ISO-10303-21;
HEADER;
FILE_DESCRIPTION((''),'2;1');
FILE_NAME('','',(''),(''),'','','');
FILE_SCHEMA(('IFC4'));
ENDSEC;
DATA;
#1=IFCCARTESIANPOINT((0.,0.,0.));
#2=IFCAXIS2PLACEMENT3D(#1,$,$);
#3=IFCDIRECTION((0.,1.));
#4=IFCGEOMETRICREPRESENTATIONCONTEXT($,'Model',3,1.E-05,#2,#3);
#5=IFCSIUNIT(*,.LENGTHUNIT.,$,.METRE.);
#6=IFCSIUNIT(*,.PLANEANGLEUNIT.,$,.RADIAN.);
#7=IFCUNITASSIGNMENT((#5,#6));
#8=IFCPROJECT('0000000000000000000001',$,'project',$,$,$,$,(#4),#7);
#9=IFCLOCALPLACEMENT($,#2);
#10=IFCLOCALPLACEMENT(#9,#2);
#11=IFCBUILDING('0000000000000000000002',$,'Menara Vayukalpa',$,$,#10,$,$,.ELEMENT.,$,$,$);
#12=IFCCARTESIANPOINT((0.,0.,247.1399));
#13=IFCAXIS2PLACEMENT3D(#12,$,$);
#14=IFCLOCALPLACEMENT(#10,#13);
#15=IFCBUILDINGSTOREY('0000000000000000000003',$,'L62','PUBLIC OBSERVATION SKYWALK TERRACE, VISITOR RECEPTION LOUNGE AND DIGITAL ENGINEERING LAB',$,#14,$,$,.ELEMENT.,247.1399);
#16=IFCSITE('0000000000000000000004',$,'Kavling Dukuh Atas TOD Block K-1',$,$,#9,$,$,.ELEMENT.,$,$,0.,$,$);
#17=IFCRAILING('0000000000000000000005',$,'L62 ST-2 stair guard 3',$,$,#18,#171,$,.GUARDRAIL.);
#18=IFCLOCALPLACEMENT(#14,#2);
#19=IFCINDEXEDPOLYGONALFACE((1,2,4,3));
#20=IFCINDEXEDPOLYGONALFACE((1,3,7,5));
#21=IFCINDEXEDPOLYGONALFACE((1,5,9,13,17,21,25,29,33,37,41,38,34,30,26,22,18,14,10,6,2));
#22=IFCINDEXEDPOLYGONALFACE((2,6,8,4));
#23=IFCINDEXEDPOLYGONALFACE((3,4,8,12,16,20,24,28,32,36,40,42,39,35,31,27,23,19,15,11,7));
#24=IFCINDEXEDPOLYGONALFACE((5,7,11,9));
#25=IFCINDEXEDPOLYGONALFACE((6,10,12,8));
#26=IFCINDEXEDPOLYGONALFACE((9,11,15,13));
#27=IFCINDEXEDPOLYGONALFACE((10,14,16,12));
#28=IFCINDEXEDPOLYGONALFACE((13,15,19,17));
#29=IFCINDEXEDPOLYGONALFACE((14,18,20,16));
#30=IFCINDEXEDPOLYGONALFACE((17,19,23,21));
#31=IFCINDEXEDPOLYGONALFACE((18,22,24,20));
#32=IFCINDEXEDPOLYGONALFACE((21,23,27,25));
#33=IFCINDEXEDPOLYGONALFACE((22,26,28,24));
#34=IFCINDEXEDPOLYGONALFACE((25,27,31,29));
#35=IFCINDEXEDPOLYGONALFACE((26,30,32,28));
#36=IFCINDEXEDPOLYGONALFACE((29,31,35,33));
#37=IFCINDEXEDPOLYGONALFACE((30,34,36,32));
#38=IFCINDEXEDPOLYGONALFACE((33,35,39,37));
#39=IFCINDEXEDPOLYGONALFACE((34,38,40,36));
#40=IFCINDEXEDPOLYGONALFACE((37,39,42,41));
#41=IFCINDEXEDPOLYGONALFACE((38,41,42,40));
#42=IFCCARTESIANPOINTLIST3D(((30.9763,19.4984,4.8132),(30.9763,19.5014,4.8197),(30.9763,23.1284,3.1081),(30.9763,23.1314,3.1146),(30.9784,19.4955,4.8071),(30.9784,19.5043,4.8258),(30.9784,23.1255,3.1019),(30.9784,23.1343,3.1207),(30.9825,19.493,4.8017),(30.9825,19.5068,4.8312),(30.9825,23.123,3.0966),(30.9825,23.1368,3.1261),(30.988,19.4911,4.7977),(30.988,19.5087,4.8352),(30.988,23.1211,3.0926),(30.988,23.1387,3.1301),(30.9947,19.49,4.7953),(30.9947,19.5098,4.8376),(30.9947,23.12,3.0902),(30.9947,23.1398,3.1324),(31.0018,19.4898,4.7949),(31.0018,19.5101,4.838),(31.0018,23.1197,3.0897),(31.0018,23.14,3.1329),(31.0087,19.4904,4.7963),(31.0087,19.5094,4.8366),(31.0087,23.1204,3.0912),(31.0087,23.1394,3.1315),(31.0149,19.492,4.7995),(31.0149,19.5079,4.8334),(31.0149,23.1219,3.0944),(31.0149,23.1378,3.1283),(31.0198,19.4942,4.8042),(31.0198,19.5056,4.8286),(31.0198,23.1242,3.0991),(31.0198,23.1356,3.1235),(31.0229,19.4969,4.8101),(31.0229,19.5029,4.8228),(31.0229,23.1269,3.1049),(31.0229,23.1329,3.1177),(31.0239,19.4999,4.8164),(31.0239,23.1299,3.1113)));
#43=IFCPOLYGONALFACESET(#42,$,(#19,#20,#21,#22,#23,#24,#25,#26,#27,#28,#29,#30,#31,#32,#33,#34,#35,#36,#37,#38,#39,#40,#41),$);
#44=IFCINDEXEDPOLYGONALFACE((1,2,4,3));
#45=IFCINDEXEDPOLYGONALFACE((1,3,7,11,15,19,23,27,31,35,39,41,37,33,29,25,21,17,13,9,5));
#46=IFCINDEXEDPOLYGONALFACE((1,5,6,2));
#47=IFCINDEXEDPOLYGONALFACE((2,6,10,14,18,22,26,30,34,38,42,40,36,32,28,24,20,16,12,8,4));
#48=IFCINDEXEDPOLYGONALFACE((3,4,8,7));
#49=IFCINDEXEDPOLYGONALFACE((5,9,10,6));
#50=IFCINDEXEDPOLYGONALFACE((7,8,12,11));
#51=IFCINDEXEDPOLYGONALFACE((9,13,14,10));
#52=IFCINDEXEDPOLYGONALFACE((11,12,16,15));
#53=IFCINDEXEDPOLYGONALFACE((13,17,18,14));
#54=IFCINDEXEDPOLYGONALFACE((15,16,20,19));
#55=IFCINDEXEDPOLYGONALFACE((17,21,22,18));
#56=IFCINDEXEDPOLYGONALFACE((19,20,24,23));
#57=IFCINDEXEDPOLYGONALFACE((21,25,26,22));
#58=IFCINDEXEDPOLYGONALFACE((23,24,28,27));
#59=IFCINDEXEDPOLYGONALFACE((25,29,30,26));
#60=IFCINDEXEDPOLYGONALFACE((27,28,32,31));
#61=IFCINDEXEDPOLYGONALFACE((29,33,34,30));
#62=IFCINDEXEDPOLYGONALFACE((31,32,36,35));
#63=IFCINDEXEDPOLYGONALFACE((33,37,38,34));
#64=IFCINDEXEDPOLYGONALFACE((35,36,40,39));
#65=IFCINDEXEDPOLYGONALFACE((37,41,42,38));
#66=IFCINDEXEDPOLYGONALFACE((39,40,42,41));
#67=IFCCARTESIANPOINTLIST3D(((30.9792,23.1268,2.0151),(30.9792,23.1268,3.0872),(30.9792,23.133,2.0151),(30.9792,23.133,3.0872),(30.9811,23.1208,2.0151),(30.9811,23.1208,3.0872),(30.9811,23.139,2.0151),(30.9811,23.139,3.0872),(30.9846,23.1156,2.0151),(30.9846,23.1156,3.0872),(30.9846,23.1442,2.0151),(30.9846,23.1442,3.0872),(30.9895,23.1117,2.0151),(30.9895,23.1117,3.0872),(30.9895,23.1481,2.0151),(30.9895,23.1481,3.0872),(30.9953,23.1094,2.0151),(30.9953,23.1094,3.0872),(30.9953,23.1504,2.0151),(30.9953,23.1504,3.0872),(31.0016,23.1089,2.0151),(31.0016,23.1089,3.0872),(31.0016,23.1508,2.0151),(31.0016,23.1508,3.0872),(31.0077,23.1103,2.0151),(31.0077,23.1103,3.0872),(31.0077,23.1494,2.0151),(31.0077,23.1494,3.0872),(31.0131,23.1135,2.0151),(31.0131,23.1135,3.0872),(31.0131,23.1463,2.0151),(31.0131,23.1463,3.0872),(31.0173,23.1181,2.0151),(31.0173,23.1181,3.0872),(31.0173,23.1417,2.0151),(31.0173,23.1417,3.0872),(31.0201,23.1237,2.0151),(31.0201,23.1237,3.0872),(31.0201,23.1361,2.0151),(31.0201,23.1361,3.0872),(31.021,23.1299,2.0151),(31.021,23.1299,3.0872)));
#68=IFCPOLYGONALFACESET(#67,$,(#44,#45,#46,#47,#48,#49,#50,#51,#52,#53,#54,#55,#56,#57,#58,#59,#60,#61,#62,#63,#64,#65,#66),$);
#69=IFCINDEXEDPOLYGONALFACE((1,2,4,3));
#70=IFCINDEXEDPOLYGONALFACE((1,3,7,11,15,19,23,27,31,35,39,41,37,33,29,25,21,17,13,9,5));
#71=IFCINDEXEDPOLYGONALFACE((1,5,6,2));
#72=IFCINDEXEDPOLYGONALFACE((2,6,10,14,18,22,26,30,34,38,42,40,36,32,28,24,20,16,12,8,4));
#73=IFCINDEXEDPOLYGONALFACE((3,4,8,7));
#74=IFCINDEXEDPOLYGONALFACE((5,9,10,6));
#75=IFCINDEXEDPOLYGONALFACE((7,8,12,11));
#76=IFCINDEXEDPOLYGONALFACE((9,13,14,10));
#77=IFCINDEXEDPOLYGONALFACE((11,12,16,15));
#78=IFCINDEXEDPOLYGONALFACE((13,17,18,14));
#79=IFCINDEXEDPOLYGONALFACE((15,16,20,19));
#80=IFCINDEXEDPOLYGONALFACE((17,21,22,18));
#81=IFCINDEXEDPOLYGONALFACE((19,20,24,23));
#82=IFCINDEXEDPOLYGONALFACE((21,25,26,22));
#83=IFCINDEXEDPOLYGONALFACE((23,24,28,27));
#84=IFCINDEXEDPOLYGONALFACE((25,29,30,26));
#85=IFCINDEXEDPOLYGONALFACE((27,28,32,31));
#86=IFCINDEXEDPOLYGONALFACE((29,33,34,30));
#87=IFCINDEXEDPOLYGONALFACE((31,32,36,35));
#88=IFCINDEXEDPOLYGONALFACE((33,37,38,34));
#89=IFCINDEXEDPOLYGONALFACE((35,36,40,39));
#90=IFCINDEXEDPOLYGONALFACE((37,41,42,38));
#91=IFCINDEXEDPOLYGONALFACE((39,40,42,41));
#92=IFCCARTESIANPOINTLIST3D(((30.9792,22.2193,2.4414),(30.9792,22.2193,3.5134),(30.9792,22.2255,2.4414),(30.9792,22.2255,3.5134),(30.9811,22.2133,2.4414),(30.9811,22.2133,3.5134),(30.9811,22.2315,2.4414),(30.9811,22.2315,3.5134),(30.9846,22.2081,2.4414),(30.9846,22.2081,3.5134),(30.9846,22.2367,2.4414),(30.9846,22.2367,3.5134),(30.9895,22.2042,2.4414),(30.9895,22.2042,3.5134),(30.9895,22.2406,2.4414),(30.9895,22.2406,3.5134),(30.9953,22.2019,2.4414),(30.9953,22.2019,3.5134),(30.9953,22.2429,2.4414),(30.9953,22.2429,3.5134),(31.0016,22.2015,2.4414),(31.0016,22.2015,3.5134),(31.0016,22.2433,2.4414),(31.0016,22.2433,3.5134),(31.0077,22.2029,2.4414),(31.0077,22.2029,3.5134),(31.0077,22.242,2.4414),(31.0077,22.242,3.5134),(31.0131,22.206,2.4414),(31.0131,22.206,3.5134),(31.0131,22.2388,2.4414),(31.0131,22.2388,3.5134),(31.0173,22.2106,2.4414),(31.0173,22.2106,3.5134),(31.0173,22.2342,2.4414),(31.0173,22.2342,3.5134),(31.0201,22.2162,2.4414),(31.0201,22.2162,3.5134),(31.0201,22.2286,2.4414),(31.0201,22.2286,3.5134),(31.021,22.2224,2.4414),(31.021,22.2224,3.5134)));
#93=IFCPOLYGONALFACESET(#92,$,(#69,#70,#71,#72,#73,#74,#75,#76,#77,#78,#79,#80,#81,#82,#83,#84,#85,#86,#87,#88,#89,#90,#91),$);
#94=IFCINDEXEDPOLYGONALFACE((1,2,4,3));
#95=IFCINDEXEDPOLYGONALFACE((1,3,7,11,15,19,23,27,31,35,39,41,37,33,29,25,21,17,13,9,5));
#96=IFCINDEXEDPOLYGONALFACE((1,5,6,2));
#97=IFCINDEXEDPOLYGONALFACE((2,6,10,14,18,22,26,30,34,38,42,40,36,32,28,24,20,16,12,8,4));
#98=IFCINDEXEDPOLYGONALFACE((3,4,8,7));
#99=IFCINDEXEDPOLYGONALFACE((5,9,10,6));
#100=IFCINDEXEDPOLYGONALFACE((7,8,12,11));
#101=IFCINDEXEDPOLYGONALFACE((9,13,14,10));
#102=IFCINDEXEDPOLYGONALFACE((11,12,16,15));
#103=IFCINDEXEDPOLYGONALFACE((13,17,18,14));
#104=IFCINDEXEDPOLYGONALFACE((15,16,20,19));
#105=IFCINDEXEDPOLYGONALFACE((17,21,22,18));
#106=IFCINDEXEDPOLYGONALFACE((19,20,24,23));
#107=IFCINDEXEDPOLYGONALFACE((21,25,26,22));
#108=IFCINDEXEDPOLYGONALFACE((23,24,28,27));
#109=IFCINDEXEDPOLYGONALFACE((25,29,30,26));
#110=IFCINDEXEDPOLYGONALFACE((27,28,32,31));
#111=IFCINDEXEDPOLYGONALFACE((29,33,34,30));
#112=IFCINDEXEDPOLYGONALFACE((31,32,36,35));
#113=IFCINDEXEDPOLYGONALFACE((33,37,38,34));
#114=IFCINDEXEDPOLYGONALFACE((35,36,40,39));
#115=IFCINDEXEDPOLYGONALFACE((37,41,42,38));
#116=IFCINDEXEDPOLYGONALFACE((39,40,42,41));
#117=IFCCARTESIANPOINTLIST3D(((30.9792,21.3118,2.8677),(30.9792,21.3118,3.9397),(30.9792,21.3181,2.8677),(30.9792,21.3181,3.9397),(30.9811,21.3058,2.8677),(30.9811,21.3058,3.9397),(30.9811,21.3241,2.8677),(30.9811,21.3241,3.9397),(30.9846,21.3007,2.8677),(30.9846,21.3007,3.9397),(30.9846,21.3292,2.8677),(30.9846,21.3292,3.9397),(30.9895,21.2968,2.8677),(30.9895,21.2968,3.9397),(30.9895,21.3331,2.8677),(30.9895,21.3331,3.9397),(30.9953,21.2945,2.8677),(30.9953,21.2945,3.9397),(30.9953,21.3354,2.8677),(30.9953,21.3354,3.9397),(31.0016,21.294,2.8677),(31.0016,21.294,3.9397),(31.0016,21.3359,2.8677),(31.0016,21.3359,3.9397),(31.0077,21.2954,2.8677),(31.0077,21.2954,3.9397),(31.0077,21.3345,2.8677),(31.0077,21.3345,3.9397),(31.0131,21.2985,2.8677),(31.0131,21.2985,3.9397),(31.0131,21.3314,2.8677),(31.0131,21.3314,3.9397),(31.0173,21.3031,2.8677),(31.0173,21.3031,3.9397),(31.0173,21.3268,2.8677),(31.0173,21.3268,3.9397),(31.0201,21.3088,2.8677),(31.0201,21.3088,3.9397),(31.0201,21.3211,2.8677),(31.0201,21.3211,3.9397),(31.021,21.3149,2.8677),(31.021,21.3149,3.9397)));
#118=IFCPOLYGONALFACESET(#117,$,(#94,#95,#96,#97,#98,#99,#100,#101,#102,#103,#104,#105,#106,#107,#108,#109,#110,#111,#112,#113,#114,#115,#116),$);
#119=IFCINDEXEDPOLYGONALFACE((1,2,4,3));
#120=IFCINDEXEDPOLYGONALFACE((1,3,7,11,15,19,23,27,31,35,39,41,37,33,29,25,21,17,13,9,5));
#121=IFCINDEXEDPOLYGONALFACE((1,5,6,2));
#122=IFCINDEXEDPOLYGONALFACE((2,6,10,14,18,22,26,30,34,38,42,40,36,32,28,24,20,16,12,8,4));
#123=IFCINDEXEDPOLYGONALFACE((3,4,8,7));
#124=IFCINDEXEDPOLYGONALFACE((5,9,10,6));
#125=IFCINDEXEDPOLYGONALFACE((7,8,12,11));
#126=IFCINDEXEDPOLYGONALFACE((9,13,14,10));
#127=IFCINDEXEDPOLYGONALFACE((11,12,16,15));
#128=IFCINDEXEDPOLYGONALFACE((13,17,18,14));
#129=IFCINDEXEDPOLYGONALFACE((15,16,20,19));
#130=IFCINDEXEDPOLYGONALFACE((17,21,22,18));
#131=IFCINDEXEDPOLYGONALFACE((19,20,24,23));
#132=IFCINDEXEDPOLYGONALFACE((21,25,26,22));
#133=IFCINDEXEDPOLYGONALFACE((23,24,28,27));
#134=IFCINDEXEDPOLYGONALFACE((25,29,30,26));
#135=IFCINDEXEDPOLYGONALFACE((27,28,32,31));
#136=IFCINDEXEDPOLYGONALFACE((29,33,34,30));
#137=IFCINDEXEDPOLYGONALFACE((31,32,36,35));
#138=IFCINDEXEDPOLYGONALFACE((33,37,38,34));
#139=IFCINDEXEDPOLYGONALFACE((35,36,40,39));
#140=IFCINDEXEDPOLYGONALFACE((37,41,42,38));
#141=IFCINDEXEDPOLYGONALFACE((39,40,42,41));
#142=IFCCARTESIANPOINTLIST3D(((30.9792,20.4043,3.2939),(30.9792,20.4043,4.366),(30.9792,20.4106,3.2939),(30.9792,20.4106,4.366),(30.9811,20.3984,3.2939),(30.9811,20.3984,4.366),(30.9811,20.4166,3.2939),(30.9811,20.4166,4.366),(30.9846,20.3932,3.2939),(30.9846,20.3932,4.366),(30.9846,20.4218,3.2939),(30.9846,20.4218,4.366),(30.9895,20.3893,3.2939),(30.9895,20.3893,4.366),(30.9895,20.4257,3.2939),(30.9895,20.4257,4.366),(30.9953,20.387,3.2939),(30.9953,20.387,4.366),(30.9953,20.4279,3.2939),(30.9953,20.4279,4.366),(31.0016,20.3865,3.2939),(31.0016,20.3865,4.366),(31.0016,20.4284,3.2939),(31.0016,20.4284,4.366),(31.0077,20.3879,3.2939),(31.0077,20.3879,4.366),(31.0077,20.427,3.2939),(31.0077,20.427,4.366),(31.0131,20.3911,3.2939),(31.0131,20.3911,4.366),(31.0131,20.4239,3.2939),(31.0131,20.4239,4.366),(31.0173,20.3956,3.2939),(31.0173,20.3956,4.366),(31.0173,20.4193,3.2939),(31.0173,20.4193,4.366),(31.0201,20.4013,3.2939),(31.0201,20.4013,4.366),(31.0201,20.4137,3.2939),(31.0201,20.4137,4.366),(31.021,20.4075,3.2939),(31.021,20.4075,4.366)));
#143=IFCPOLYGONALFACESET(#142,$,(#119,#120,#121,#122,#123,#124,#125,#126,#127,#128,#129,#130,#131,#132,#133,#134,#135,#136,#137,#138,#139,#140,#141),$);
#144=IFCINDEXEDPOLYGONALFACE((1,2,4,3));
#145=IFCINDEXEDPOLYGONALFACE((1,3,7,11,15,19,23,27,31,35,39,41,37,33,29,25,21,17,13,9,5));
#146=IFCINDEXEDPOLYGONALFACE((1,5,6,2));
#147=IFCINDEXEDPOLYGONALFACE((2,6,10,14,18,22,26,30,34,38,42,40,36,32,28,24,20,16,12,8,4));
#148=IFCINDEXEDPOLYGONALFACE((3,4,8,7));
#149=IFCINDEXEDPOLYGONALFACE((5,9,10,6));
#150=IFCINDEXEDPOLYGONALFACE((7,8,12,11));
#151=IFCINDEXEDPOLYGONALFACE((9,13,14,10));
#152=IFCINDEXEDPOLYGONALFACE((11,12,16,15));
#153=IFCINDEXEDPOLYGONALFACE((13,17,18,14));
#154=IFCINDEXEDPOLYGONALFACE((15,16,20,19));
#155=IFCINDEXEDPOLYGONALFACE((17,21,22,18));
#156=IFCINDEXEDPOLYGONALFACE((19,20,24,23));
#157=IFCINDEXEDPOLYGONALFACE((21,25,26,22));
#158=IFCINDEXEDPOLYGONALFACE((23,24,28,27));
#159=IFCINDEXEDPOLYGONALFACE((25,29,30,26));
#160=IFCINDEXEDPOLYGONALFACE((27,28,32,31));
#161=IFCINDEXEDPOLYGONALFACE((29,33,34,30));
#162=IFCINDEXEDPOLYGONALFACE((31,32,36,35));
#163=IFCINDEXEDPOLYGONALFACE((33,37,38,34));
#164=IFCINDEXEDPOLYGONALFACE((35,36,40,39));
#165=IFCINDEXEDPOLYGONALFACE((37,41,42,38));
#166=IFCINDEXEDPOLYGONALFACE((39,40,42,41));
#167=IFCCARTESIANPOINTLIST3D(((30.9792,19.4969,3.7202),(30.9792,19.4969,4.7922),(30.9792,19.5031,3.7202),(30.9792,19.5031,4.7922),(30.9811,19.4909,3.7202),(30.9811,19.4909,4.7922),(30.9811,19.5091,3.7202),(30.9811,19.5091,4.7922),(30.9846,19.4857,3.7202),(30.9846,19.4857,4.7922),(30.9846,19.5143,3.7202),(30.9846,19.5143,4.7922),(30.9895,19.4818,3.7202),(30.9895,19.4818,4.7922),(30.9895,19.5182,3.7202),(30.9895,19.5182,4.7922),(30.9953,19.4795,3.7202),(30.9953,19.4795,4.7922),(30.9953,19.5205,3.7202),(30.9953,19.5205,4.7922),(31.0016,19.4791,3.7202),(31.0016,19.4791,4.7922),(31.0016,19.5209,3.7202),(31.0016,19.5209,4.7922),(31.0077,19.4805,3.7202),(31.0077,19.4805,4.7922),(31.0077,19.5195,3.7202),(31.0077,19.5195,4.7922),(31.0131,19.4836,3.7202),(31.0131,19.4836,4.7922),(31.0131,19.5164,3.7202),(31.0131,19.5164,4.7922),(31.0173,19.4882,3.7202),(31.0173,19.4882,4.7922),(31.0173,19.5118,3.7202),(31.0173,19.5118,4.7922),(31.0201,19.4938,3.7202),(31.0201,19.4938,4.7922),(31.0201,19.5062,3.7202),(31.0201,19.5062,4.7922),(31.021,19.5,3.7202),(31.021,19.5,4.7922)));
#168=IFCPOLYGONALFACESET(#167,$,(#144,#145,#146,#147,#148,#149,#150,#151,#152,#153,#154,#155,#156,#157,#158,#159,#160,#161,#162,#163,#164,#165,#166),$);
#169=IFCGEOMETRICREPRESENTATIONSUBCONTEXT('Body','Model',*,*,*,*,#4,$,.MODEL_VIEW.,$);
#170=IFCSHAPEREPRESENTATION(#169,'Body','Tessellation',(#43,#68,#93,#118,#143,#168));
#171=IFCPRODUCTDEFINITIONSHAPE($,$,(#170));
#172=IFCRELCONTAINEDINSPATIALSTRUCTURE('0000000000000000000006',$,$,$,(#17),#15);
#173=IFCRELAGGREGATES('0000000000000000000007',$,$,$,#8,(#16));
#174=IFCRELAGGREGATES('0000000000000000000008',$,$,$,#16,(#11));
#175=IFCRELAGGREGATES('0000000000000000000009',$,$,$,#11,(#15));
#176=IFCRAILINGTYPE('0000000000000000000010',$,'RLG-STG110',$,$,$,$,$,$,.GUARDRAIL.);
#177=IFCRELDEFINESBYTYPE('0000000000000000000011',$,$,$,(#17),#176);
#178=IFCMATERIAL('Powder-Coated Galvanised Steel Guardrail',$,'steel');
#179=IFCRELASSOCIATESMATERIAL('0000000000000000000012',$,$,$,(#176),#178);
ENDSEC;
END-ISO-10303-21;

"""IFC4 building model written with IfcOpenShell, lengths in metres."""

from ifc_helpers import new_model, si_unit, direction, frame, origin, origin_2d, place, context, subcontext, project, spatial, circle, extrude, material, type_object, element, save


model = new_model("IFC4")

# Units and contexts
model_context = context("Model", 3, precision=1e-05, world=origin(), true_north=direction((0.0, 1.0)))
body_context = subcontext(model_context, "Body", "Model", "MODEL_VIEW")
ifc_project = project(units=[si_unit("LENGTHUNIT", "METRE"), si_unit("PLANEANGLEUNIT", "RADIAN")], contexts=[model_context])

# Site, building, storey
site_placement = place(None, origin())
site = spatial("IfcSite", under=ifc_project, at=site_placement, Name="Kavling Dukuh Atas TOD Block K-1", CompositionType="ELEMENT", RefElevation=0.0)
building_placement = place(site_placement, origin())
building = spatial("IfcBuilding", under=site, at=building_placement, Name="Menara Vayukalpa", CompositionType="ELEMENT")
storey_placement = place(building_placement, frame((0.0, 0.0, 247.1399)))
storey = spatial("IfcBuildingStorey", under=building, at=storey_placement, Name="L62", Description="PUBLIC OBSERVATION SKYWALK TERRACE, VISITOR RECEPTION LOUNGE AND DIGITAL ENGINEERING LAB", CompositionType="ELEMENT", Elevation=247.1399)

# Railing
ifc_material_1 = material(Name="Powder-Coated Galvanised Steel Guardrail", Category="steel")
railing_type_1 = type_object("IfcRailingType", Name="RLG-STG110", PredefinedType="GUARDRAIL", material=ifc_material_1)
railing_1_placement = place(storey_placement, frame((31.0, 23.1299, 2.0151)))
element("IfcRailing", 1, at=railing_1_placement, inside=storey, type_object=railing_type_1, Name="L62 ST-2 stair guard 3", PredefinedType="GUARDRAIL", context=body_context, shape_type="SweptSolid", body=[
    extrude(circle(Radius=0.0239, at=origin_2d()), frame((0.0, 0.0, 1.0962), z_axis=(0.0, -0.905116, 0.425164), x_axis=(1.0, 0.0, 0.0)), (0.0, 0.0, 1.0), 4.0105),
    extrude(circle(Radius=0.021, at=origin_2d()), origin(), (0.0, 0.0, 1.0), 1.072),
    extrude(circle(Radius=0.021, at=origin_2d()), frame((0.0, -0.9075, 0.4263)), (0.0, 0.0, 1.0), 1.072),
    extrude(circle(Radius=0.021, at=origin_2d()), frame((0.0, -1.8149, 0.8525)), (0.0, 0.0, 1.0), 1.072),
    extrude(circle(Radius=0.021, at=origin_2d()), frame((0.0, -2.7224, 1.2788)), (0.0, 0.0, 1.0), 1.072),
    extrude(circle(Radius=0.021, at=origin_2d()), frame((0.0, -3.6299, 1.7051)), (0.0, 0.0, 1.0), 1.072),
])

save(model, "model.ifc")
